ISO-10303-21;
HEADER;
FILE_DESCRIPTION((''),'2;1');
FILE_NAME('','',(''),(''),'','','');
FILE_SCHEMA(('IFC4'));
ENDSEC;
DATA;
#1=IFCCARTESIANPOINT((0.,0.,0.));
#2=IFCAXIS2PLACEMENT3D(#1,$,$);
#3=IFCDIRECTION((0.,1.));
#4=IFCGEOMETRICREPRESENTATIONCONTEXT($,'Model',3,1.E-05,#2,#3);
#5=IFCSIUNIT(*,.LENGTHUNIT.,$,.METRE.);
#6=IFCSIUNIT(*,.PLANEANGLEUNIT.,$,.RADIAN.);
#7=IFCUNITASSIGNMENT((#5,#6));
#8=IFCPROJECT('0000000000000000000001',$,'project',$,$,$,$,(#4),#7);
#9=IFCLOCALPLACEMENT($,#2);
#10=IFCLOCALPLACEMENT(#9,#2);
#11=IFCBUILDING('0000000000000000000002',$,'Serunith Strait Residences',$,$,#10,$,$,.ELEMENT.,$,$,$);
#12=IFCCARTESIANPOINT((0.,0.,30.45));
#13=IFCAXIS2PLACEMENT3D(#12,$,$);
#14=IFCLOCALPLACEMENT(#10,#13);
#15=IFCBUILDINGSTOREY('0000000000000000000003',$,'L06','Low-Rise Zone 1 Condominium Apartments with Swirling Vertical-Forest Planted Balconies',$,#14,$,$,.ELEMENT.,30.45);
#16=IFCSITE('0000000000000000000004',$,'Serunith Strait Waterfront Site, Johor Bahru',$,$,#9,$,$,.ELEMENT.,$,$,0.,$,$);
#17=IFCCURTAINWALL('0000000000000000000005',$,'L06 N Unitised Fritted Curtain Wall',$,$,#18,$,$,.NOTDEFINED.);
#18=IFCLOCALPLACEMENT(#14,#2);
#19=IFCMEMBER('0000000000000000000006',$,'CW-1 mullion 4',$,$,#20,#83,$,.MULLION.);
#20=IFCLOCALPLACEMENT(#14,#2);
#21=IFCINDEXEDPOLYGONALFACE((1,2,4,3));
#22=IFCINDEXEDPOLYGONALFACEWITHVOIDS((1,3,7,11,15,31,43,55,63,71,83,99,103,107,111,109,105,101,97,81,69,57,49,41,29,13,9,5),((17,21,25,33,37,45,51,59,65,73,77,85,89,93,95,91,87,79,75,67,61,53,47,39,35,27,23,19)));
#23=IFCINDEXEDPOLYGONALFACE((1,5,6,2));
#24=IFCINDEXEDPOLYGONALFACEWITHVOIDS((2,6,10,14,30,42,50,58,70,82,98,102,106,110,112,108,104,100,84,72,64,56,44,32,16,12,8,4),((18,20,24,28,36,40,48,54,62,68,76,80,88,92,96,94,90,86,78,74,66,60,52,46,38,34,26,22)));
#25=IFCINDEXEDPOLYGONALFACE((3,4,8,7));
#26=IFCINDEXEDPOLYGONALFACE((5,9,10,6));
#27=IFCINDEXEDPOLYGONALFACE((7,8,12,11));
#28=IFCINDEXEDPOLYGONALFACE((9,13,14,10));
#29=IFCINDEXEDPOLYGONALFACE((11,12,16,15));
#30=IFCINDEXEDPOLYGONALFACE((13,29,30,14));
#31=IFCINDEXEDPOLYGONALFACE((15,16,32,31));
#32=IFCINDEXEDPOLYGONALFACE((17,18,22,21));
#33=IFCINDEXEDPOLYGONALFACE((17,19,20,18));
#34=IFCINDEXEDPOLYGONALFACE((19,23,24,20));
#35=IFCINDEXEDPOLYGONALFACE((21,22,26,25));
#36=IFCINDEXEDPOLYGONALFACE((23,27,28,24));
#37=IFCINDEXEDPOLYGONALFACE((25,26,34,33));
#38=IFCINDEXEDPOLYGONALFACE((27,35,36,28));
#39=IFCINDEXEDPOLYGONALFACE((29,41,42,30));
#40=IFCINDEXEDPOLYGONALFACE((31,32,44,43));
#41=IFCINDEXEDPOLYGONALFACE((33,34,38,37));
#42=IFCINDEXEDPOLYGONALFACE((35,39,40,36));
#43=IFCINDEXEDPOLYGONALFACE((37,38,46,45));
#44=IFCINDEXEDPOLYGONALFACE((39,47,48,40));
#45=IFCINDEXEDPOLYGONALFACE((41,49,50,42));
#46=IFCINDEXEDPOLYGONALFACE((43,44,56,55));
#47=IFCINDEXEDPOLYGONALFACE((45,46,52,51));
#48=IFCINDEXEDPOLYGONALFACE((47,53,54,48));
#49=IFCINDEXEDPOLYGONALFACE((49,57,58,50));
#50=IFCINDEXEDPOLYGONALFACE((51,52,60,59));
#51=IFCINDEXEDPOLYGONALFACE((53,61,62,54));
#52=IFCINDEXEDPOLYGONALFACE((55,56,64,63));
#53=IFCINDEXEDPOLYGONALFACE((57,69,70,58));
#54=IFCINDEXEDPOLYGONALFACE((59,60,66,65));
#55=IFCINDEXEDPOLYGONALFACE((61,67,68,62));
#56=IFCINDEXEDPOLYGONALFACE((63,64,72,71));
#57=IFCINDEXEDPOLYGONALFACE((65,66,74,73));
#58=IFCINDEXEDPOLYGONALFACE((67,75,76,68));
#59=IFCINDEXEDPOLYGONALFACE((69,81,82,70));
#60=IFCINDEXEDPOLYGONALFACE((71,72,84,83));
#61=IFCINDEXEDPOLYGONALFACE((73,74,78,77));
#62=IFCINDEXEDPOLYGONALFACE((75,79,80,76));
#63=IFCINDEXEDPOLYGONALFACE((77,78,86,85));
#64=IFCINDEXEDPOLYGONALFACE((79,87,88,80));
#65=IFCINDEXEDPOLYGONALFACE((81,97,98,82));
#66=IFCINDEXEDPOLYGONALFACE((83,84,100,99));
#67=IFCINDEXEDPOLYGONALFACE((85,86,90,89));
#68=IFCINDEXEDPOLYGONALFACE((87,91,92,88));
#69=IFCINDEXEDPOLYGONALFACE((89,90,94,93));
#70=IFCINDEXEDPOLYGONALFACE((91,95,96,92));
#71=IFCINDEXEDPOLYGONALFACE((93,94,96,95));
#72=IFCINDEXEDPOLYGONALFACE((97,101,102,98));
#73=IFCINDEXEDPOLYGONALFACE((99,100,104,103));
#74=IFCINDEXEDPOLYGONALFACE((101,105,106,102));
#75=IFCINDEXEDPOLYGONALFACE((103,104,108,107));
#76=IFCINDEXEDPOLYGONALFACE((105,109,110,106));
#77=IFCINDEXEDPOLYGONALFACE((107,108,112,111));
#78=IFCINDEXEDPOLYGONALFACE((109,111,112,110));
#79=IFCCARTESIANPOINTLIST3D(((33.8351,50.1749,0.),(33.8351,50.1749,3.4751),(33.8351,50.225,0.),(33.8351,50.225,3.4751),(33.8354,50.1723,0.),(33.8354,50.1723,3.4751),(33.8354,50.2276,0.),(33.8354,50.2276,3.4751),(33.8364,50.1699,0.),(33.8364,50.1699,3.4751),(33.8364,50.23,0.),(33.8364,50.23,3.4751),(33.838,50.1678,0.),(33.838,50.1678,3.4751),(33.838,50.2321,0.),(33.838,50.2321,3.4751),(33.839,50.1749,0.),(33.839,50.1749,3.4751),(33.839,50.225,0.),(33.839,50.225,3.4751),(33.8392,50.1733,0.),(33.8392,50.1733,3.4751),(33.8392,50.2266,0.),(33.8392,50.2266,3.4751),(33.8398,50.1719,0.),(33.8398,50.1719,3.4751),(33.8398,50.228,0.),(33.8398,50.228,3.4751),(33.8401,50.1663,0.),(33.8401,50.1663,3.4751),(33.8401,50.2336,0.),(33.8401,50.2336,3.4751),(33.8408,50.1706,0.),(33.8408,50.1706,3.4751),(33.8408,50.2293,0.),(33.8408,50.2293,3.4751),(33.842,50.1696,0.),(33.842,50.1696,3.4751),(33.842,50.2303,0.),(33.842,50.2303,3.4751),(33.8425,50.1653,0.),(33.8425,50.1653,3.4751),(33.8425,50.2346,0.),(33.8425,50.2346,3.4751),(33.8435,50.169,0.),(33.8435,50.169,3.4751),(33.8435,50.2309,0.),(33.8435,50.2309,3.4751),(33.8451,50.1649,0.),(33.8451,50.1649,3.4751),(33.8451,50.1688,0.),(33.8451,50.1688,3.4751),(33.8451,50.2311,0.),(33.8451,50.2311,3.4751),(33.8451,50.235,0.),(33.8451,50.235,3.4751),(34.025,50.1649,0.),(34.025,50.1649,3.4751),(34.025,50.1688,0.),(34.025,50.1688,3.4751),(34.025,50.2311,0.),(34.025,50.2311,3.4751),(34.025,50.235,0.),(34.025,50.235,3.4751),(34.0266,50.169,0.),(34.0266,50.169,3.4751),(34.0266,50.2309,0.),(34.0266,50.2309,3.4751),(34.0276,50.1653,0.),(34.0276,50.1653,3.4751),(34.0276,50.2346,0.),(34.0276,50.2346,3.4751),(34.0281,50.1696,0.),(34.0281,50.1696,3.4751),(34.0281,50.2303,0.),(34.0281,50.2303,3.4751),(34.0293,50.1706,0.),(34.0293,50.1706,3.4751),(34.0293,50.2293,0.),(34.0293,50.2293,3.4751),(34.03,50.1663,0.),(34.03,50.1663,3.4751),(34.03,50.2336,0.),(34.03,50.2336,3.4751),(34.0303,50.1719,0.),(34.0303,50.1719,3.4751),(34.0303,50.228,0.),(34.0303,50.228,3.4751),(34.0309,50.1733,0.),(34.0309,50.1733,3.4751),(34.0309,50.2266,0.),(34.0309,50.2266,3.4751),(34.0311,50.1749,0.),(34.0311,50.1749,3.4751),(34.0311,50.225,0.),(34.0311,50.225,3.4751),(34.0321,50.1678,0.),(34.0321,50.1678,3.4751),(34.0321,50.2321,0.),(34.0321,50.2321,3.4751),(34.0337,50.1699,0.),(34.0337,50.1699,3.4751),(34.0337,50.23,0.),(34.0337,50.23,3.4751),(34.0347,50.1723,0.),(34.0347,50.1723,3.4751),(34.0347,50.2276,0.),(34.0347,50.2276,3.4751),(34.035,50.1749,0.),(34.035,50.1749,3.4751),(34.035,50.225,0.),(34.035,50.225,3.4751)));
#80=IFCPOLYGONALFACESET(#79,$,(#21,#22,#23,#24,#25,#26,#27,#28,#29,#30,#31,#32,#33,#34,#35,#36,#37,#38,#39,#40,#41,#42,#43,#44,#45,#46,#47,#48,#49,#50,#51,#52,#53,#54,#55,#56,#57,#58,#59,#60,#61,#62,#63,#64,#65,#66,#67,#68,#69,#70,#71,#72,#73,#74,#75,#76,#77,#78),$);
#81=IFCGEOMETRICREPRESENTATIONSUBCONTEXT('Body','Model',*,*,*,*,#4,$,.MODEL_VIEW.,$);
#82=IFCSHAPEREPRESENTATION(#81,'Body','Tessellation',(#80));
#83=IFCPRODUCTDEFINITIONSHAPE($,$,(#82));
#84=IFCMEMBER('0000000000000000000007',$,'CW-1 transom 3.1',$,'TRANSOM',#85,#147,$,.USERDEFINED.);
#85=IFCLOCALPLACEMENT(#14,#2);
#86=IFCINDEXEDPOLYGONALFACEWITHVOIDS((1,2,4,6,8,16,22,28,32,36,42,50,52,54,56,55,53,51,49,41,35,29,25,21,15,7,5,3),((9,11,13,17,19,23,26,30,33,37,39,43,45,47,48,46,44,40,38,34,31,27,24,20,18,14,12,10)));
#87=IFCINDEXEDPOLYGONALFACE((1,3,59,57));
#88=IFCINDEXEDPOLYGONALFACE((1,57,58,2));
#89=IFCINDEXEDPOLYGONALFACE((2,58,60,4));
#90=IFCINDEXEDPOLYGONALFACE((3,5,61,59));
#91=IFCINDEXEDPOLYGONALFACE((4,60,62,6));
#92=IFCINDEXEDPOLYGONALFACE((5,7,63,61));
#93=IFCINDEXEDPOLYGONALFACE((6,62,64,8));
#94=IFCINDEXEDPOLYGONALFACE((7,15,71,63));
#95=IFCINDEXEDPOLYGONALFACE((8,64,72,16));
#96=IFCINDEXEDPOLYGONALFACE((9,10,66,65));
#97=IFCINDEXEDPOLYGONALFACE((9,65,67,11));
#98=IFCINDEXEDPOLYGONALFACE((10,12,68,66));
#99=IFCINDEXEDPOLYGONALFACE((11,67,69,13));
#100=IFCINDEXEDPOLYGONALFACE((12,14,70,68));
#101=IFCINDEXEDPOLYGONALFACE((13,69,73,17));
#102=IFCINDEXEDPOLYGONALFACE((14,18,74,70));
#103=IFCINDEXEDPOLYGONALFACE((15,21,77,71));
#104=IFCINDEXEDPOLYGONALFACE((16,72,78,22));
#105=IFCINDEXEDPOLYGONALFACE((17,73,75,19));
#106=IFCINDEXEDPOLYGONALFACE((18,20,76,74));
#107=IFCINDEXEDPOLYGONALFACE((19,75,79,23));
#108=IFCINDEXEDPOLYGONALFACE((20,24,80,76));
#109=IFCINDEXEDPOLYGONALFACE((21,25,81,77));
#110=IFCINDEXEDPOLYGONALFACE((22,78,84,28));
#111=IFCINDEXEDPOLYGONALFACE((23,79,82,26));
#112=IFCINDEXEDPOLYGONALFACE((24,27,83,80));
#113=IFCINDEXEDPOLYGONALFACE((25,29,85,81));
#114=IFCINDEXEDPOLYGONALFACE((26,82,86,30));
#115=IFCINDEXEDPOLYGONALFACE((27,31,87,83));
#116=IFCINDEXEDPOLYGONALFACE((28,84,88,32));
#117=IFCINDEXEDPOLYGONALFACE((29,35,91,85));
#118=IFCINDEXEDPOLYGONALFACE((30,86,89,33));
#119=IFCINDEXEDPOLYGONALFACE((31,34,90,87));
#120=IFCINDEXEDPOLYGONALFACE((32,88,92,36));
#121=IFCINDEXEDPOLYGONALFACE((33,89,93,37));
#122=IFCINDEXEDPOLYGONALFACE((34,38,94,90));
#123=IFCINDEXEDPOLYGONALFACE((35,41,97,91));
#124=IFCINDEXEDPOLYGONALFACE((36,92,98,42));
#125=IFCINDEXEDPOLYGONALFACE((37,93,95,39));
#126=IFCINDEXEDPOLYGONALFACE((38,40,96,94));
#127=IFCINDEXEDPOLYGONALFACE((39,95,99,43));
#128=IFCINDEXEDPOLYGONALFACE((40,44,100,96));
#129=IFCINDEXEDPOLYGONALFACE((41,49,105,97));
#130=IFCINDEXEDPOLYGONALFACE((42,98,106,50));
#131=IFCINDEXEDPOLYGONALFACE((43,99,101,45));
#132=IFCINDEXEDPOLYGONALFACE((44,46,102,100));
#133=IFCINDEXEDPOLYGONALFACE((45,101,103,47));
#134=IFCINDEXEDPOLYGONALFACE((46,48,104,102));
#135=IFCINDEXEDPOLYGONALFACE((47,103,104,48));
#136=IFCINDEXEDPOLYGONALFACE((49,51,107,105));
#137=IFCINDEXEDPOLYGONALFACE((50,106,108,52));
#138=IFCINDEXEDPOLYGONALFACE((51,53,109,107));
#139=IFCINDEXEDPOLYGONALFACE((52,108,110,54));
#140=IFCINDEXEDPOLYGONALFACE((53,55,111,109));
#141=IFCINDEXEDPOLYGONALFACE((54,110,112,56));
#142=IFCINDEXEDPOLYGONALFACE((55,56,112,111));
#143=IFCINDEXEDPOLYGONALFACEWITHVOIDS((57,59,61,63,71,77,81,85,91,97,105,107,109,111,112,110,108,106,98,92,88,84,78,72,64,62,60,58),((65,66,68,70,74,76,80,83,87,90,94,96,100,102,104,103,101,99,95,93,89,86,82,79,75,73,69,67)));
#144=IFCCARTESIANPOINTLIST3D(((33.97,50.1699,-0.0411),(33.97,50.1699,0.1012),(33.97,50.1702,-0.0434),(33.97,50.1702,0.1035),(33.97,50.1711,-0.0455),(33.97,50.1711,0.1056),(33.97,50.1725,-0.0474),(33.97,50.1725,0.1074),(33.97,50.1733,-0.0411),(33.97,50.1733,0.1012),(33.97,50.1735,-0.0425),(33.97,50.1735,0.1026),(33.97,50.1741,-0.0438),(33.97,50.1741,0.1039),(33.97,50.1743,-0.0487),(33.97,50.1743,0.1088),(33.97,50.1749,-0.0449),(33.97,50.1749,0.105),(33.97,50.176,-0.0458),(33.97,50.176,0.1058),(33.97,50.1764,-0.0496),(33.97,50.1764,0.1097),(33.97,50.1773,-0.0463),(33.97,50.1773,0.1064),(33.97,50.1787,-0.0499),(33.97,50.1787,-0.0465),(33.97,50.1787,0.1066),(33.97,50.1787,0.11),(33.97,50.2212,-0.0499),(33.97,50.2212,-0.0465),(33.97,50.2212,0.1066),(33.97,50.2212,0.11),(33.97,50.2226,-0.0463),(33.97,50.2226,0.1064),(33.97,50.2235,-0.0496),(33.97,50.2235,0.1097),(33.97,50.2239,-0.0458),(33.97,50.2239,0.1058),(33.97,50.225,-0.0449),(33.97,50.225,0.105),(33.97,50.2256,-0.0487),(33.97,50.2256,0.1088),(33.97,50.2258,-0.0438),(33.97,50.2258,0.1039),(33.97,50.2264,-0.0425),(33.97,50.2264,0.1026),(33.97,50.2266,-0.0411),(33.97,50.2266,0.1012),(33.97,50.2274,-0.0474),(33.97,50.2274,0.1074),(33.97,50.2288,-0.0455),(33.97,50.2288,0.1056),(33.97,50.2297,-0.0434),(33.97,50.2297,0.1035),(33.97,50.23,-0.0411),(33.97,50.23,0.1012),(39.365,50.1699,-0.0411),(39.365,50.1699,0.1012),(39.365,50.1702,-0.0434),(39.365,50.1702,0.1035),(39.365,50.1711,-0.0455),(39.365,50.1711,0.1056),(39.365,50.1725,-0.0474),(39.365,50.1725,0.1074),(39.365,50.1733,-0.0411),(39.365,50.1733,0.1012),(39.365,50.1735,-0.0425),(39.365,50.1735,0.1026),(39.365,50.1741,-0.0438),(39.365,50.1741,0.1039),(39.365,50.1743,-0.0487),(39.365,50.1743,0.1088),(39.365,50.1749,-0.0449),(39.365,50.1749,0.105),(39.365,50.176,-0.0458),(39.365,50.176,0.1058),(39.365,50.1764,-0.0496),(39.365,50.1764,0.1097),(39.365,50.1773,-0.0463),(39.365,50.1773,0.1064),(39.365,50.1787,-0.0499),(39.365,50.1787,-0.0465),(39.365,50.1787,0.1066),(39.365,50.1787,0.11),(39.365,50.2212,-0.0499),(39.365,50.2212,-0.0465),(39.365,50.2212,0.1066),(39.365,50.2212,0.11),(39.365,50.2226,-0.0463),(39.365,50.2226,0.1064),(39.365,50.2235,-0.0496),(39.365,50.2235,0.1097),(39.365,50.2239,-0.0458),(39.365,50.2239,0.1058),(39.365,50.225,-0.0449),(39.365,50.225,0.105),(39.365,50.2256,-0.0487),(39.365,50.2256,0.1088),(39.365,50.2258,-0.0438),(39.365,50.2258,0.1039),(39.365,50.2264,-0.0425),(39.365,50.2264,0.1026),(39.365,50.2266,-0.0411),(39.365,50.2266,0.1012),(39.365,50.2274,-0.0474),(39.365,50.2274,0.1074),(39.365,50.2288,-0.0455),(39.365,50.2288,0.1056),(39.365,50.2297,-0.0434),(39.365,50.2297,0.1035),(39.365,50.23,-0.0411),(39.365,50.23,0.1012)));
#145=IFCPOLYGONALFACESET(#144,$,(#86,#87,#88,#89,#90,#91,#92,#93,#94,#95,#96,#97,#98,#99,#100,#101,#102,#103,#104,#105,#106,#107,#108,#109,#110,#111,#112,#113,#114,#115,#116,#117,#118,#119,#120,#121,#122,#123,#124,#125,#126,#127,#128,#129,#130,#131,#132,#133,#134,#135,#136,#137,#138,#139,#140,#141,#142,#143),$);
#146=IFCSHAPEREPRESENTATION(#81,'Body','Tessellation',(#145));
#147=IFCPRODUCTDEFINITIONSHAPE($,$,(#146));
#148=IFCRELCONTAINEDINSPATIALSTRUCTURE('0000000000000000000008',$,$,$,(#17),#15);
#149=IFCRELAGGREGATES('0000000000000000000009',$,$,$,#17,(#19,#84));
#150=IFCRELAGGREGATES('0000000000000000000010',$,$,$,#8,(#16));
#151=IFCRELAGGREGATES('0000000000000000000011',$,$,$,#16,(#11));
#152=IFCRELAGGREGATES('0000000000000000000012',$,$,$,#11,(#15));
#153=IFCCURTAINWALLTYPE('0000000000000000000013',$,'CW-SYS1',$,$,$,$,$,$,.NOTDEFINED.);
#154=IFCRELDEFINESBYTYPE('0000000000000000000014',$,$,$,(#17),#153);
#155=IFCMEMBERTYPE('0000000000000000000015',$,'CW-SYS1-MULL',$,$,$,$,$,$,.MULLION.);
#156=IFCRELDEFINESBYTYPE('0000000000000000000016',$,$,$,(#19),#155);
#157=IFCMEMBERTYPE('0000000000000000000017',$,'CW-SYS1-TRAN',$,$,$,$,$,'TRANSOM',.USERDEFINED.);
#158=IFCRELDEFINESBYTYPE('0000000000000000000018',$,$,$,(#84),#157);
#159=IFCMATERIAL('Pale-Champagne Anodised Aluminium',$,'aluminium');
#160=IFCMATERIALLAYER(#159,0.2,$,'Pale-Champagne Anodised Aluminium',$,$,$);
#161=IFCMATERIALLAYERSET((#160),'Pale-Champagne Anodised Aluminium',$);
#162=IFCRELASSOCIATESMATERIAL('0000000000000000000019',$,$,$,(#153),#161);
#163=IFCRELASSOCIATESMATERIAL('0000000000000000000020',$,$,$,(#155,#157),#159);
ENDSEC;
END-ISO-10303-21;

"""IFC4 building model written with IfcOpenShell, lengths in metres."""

from ifc_helpers import new_model, si_unit, direction, frame, origin, origin_2d, place, context, subcontext, project, spatial, hollow_rectangle, extrude, source, transform, mapped, material, layer, layer_set, material_profile, profile_set, type_object, element, aggregate, save


model = new_model("IFC4")

# Units and contexts
model_context = context("Model", 3, precision=1e-05, world=origin(), true_north=direction((0.0, 1.0)))
body_context = subcontext(model_context, "Body", "Model", "MODEL_VIEW")
ifc_project = project(units=[si_unit("LENGTHUNIT", "METRE"), si_unit("PLANEANGLEUNIT", "RADIAN")], contexts=[model_context])

# Site, building, storey
site_placement = place(None, origin())
site = spatial("IfcSite", under=ifc_project, at=site_placement, Name="Serunith Strait Waterfront Site, Johor Bahru", CompositionType="ELEMENT", RefElevation=0.0)
building_placement = place(site_placement, origin())
building = spatial("IfcBuilding", under=site, at=building_placement, Name="Serunith Strait Residences", CompositionType="ELEMENT")
storey_placement = place(building_placement, frame((0.0, 0.0, 30.45)))
storey = spatial("IfcBuildingStorey", under=building, at=storey_placement, Name="L06", Description="Low-Rise Zone 1 Condominium Apartments with Swirling Vertical-Forest Planted Balconies", CompositionType="ELEMENT", Elevation=30.45)

# Curtain wall, members
ifc_material_1 = material(Name="Pale-Champagne Anodised Aluminium", Category="aluminium")
ifc_layer_1 = layer(ifc_material_1, 0.2, Name="Pale-Champagne Anodised Aluminium")
ifc_layer_set_1 = layer_set([ifc_layer_1], Name="Pale-Champagne Anodised Aluminium")
curtain_wall_type = type_object("IfcCurtainWallType", Name="CW-SYS1", PredefinedType="NOTDEFINED", material=ifc_layer_set_1)
curtain_wall_placement = place(storey_placement, origin())
curtain_wall = element("IfcCurtainWall", 1, at=curtain_wall_placement, inside=storey, type_object=curtain_wall_type, Name="L06 N Unitised Fritted Curtain Wall", PredefinedType="NOTDEFINED")
ifc_material_profile_1 = material_profile(ifc_material_1, hollow_rectangle(XDim=0.0701, YDim=0.2, WallThickness=0.0039, InnerFilletRadius=0.0061, OuterFilletRadius=0.01, at=origin_2d()), Name="ALU 200x70x4")
ifc_profile_set_1 = profile_set([ifc_material_profile_1], Name="Pale-Champagne Anodised Aluminium")
member_type_1 = type_object("IfcMemberType", Name="CW-SYS1-MULL", PredefinedType="MULLION", material=ifc_profile_set_1)
shared_shape_1 = source(origin(), body_context, "Body", "SweptSolid", [
    extrude(hollow_rectangle(XDim=0.0701, YDim=0.2, WallThickness=0.0039, InnerFilletRadius=0.0061, OuterFilletRadius=0.01, at=origin_2d()), origin(), (0.0, 0.0, 1.0), 3.4751),
])
member_1_placement = place(storey_placement, frame((33.9351, 50.2, 0.0), z_axis=(0.0, 0.0, 1.0), x_axis=(0.0, -1.0, 0.0)))
member_1 = element("IfcMember", 2, at=member_1_placement, type_object=member_type_1, Name="CW-1 mullion 4", PredefinedType="MULLION", context=body_context, shape_type="MappedRepresentation", body=[
    mapped(shared_shape_1, transform((0.0, 0.0, 0.0), scale=1.0)),
])
ifc_material_profile_2 = material_profile(ifc_material_1, hollow_rectangle(XDim=0.0601, YDim=0.1599, WallThickness=0.0034, InnerFilletRadius=0.0054, OuterFilletRadius=0.0088, at=origin_2d()), Name="ALU 160x60x3.5")
ifc_profile_set_2 = profile_set([ifc_material_profile_2], Name="Pale-Champagne Anodised Aluminium")
member_type_2 = type_object("IfcMemberType", Name="CW-SYS1-TRAN", ElementType="TRANSOM", PredefinedType="USERDEFINED", material=ifc_profile_set_2)
shared_shape_2 = source(origin(), body_context, "Body", "SweptSolid", [
    extrude(hollow_rectangle(XDim=0.0601, YDim=0.1599, WallThickness=0.0034, InnerFilletRadius=0.0054, OuterFilletRadius=0.0088, at=origin_2d()), origin(), (0.0, 0.0, 1.0), 5.395),
])
member_2_placement = place(storey_placement, frame((39.365, 50.2, 0.03), z_axis=(-1.0, 0.0, 0.0), x_axis=(0.0, -1.0, 0.0)))
member_2 = element("IfcMember", 3, at=member_2_placement, type_object=member_type_2, Name="CW-1 transom 3.1", ObjectType="TRANSOM", PredefinedType="USERDEFINED", context=body_context, shape_type="MappedRepresentation", body=[
    mapped(shared_shape_2, transform((0.0, 0.0, 0.0), scale=1.0)),
])
aggregate(curtain_wall, [member_1, member_2])

save(model, "model.ifc")
